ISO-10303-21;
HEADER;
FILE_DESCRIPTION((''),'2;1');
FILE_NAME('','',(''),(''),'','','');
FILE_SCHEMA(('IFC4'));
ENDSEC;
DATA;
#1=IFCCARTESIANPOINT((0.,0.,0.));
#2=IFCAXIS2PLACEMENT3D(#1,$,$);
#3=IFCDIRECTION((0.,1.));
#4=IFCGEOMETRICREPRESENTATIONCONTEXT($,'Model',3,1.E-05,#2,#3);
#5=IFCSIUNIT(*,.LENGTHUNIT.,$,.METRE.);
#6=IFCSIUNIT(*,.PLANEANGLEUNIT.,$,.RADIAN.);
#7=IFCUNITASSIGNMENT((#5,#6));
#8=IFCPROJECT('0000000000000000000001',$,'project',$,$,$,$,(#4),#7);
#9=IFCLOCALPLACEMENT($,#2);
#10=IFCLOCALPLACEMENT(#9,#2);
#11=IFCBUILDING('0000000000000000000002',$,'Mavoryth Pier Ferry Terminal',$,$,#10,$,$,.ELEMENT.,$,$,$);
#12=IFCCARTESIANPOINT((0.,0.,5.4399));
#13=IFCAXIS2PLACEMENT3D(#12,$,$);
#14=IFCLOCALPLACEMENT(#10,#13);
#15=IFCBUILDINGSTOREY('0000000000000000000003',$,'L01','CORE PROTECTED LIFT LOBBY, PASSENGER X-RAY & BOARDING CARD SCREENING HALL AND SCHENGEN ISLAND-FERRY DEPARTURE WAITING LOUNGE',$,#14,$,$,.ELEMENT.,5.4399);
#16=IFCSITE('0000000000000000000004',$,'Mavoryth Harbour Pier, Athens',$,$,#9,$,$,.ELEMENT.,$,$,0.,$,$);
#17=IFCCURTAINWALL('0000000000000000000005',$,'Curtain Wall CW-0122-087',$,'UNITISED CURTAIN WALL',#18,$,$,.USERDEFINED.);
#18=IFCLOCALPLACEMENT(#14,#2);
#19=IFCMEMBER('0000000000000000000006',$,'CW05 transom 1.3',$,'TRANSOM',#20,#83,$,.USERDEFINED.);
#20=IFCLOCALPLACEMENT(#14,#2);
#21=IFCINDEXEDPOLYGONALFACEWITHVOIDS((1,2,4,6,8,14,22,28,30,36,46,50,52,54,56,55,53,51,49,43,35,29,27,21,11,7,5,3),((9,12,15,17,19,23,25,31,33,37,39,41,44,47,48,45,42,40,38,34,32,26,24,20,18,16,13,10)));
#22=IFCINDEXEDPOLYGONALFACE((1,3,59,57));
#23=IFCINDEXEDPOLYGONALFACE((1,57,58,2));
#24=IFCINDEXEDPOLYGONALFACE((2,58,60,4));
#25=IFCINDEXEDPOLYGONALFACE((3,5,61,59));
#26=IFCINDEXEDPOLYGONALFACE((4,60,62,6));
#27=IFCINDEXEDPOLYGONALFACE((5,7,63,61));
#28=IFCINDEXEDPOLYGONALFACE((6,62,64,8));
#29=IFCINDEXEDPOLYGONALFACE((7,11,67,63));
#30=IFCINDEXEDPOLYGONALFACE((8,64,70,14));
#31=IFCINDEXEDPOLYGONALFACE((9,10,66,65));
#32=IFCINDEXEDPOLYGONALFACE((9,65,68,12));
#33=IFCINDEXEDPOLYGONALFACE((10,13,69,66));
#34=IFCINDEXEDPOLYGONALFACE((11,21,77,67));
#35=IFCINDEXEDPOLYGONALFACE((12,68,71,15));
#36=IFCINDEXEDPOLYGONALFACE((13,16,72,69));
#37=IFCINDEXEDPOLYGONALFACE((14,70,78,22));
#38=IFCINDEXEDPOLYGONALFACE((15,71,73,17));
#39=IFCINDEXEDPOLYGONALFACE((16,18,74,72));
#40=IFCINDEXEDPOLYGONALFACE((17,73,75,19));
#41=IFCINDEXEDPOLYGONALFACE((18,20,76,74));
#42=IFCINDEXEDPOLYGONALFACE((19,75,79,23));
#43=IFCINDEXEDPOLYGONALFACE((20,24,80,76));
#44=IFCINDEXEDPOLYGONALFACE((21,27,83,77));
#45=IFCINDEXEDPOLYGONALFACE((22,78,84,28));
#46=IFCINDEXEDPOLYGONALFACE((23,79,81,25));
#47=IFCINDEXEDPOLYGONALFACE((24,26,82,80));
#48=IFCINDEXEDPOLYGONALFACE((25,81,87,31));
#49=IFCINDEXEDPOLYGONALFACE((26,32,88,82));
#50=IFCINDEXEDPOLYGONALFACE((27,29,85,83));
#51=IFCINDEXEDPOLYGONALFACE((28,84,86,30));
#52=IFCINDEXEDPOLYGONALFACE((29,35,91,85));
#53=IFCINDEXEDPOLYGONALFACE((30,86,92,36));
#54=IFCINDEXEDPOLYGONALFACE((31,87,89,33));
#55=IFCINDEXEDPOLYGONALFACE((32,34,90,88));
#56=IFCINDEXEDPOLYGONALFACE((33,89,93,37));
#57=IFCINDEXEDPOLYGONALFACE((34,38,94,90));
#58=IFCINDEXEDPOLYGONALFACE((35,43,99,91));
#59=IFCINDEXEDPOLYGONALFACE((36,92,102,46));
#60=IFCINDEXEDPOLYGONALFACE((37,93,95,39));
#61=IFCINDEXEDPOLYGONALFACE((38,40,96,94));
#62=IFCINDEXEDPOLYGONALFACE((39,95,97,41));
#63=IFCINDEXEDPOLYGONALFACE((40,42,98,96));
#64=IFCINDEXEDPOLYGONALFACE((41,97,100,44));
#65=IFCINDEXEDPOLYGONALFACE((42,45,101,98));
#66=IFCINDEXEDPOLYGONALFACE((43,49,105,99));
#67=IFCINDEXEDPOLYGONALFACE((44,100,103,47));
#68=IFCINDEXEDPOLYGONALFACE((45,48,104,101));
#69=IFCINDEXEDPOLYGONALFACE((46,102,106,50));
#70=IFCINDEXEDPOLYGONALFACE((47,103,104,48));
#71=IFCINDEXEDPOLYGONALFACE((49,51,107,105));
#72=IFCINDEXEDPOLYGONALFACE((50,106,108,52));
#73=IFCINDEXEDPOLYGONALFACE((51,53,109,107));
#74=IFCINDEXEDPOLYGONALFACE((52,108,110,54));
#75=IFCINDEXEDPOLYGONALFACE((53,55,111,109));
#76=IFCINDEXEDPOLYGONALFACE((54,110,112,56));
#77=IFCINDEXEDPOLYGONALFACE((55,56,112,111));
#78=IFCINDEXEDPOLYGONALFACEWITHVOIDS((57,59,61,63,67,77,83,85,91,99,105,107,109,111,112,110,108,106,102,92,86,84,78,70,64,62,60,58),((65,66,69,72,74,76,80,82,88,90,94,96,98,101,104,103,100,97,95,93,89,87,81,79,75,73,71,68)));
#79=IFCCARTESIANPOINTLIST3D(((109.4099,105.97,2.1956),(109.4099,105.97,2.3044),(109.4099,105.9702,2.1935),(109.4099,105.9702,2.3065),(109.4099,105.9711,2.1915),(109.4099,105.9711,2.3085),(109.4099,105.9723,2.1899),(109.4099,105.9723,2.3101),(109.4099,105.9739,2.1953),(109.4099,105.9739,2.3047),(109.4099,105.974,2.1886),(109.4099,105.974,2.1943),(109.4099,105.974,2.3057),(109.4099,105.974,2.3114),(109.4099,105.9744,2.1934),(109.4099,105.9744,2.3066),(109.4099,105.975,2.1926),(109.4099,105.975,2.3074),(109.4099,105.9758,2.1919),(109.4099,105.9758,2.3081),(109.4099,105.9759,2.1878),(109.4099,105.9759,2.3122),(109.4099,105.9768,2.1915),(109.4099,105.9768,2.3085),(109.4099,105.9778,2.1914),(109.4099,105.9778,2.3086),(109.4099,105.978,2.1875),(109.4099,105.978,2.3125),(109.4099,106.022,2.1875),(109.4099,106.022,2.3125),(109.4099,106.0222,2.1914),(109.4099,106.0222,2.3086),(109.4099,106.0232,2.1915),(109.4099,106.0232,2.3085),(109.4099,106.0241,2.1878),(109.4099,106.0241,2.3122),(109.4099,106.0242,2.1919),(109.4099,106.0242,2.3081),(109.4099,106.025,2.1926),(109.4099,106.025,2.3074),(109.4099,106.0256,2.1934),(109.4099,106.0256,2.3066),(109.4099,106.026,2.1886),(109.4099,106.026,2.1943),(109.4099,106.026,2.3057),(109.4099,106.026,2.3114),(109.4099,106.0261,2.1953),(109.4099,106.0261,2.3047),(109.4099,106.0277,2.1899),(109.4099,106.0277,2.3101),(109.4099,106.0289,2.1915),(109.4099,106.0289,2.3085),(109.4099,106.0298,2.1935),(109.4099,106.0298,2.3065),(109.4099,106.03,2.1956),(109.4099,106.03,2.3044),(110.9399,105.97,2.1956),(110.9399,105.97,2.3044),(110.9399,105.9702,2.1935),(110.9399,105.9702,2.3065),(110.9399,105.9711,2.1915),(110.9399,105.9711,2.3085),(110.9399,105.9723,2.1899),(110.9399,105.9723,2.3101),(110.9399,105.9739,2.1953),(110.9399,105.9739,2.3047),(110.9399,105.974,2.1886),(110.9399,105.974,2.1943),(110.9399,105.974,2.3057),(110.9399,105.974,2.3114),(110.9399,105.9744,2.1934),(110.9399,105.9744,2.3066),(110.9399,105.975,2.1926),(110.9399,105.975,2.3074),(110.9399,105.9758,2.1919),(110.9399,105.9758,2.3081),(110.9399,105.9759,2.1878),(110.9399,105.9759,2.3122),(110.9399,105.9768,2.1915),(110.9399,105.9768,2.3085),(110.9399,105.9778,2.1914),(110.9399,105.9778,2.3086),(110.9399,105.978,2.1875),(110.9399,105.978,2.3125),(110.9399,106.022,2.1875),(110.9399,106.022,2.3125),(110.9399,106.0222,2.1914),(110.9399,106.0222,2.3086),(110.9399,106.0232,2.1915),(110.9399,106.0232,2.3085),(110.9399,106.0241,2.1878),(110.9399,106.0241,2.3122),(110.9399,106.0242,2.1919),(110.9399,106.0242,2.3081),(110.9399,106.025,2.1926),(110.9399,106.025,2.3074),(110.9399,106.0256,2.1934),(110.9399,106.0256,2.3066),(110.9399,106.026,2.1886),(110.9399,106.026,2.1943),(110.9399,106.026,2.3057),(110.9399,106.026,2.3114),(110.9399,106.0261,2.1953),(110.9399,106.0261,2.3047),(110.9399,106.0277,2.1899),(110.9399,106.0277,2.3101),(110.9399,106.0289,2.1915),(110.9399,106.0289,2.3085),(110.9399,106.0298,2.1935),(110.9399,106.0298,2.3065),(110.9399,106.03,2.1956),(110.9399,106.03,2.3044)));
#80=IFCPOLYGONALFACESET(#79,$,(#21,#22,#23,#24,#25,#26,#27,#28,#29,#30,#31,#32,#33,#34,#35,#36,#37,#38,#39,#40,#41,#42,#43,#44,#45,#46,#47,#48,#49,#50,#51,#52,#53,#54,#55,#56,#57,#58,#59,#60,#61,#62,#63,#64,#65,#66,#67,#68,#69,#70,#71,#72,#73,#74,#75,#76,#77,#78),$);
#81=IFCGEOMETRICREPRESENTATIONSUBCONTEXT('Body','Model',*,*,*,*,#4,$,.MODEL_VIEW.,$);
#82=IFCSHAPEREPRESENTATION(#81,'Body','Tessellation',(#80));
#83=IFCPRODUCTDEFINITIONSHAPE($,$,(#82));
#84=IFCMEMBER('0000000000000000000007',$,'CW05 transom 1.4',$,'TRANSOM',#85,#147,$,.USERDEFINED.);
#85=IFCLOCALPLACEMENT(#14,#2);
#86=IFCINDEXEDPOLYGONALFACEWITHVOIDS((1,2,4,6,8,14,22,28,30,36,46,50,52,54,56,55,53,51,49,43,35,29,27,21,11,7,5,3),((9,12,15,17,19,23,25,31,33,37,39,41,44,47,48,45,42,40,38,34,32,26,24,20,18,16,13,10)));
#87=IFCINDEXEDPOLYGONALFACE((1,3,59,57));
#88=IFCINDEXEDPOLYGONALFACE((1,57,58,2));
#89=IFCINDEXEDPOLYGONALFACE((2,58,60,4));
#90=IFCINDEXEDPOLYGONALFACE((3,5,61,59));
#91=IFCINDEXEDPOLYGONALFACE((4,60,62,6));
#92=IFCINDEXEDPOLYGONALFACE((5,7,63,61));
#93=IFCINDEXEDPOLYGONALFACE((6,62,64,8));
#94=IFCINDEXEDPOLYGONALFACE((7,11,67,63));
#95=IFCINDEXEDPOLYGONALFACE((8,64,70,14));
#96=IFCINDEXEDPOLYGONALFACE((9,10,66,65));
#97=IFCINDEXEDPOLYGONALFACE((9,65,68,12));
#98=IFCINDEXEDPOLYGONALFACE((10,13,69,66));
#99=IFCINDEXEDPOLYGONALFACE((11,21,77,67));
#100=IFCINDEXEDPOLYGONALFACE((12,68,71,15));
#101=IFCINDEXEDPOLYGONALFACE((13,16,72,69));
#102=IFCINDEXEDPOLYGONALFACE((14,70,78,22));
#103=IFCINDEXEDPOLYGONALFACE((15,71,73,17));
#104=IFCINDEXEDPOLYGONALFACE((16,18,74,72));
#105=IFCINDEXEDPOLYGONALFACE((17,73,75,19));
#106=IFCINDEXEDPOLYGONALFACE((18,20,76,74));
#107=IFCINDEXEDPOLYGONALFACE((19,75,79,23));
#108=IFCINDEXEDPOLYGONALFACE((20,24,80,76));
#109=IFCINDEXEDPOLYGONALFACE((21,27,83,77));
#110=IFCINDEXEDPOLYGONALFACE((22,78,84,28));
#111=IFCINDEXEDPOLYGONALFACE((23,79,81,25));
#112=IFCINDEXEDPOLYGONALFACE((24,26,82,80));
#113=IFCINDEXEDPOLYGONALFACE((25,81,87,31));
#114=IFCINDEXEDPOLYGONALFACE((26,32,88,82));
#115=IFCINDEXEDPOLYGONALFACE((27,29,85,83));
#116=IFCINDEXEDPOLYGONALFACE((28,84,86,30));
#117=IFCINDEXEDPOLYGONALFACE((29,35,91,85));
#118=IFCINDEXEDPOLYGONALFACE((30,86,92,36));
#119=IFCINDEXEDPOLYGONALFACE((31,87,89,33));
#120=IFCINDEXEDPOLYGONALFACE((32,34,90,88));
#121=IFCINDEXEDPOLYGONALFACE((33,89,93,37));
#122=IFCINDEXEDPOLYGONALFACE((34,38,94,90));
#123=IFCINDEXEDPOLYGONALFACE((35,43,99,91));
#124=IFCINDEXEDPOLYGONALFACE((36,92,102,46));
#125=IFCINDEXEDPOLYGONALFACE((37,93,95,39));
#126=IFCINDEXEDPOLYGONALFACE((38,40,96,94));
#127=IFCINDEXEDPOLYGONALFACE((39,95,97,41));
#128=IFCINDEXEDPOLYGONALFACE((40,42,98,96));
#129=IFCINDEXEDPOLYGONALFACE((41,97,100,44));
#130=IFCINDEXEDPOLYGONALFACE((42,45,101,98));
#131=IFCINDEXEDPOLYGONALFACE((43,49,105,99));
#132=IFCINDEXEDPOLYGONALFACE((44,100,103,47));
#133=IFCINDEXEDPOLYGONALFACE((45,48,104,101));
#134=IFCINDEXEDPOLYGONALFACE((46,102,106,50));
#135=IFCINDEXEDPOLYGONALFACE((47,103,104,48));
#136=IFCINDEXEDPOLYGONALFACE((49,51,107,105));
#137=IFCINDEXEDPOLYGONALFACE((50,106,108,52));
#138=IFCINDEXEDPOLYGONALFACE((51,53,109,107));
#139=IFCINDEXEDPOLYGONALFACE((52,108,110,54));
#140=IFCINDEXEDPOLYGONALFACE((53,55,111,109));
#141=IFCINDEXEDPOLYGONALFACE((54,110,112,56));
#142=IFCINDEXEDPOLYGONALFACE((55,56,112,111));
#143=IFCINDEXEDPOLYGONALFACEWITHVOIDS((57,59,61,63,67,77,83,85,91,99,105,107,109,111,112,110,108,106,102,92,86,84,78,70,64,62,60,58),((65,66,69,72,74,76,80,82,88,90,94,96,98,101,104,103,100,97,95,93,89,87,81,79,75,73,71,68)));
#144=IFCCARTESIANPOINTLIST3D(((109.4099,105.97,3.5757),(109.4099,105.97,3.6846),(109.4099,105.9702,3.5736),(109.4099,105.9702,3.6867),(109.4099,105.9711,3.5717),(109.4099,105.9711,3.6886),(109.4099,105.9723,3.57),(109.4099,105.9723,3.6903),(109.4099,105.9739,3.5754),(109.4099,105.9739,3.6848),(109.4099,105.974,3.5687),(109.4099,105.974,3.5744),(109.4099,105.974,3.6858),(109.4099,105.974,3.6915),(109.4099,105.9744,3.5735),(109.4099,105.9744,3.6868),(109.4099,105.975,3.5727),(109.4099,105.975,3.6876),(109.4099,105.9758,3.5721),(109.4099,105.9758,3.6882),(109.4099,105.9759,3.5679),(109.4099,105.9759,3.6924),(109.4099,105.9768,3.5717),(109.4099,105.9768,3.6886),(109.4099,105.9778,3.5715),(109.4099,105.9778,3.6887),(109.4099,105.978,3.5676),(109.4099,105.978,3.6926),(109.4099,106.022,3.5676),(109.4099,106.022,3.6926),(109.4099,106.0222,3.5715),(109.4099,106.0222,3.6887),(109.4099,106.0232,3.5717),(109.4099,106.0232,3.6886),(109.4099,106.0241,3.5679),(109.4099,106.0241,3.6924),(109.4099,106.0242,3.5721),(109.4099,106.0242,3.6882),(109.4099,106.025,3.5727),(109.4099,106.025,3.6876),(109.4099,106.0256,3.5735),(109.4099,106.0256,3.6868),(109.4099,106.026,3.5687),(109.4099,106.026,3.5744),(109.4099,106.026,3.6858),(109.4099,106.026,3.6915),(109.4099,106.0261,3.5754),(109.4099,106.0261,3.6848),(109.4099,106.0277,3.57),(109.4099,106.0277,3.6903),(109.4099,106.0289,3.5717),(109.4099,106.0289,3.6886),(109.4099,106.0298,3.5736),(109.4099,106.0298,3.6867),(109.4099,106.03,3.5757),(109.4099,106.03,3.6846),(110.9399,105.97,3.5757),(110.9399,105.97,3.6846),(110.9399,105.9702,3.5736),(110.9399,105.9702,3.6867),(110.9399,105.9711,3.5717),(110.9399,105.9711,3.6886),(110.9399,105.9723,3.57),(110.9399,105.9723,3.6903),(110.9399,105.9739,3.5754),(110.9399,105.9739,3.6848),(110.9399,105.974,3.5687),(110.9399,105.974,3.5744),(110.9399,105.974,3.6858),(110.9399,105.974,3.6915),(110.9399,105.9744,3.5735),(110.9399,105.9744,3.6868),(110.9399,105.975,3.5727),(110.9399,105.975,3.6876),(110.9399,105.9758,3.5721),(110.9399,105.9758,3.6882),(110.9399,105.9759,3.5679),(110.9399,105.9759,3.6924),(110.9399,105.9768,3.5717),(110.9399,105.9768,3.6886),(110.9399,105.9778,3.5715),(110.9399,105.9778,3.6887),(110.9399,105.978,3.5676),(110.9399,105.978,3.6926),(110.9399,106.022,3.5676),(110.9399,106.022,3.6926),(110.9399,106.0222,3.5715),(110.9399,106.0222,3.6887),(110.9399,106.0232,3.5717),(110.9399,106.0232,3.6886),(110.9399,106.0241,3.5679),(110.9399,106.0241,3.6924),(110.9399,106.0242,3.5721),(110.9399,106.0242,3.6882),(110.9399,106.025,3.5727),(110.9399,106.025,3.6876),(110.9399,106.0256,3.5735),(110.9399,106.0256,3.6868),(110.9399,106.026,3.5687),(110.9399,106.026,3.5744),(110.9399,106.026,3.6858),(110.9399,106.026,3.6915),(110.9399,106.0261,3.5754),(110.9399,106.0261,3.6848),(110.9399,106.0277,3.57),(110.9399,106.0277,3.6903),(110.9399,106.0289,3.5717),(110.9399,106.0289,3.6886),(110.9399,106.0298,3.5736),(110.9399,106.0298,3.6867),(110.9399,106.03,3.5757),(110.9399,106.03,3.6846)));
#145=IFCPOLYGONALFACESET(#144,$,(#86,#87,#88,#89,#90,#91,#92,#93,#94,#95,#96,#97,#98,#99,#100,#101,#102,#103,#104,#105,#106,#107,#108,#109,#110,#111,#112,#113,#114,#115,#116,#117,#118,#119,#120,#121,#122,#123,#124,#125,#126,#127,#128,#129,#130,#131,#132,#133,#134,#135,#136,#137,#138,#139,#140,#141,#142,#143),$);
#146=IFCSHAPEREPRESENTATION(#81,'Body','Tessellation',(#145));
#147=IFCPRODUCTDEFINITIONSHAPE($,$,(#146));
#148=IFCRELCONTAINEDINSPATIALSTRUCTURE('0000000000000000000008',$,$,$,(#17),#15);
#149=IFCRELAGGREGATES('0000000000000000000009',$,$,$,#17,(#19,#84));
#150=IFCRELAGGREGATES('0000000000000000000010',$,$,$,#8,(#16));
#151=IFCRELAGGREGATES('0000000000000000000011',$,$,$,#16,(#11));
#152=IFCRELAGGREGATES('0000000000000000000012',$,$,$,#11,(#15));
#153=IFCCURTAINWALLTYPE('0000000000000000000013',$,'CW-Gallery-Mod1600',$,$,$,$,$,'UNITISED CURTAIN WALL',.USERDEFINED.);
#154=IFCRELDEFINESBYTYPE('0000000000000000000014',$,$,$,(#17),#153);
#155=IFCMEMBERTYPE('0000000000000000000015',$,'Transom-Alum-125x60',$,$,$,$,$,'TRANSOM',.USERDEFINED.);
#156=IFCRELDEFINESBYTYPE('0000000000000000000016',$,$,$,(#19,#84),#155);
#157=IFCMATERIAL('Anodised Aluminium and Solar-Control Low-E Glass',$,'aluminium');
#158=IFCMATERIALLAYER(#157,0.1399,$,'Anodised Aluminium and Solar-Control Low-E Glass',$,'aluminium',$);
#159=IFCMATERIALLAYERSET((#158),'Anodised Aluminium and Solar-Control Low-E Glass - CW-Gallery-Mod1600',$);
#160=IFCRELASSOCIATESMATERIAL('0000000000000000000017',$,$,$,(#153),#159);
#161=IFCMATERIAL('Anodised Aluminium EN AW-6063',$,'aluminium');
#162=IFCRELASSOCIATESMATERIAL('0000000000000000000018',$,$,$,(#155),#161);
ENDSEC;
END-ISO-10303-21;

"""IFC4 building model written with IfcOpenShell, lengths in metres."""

from ifc_helpers import new_model, si_unit, direction, frame, origin, origin_2d, place, context, subcontext, project, spatial, hollow_rectangle, extrude, material, layer, layer_set, material_profile, profile_set, type_object, element, aggregate, save


model = new_model("IFC4")

# Units and contexts
model_context = context("Model", 3, precision=1e-05, world=origin(), true_north=direction((0.0, 1.0)))
body_context = subcontext(model_context, "Body", "Model", "MODEL_VIEW")
ifc_project = project(units=[si_unit("LENGTHUNIT", "METRE"), si_unit("PLANEANGLEUNIT", "RADIAN")], contexts=[model_context])

# Site, building, storey
site_placement = place(None, origin())
site = spatial("IfcSite", under=ifc_project, at=site_placement, Name="Mavoryth Harbour Pier, Athens", CompositionType="ELEMENT", RefElevation=0.0)
building_placement = place(site_placement, origin())
building = spatial("IfcBuilding", under=site, at=building_placement, Name="Mavoryth Pier Ferry Terminal", CompositionType="ELEMENT")
storey_placement = place(building_placement, frame((0.0, 0.0, 5.4399)))
storey = spatial("IfcBuildingStorey", under=building, at=storey_placement, Name="L01", Description="CORE PROTECTED LIFT LOBBY, PASSENGER X-RAY & BOARDING CARD SCREENING HALL AND SCHENGEN ISLAND-FERRY DEPARTURE WAITING LOUNGE", CompositionType="ELEMENT", Elevation=5.4399)

# Curtain wall
ifc_material_1 = material(Name="Anodised Aluminium and Solar-Control Low-E Glass", Category="aluminium")
ifc_layer_1 = layer(ifc_material_1, 0.1399, Name="Anodised Aluminium and Solar-Control Low-E Glass", Category="aluminium")
ifc_layer_set_1 = layer_set([ifc_layer_1], Name="Anodised Aluminium and Solar-Control Low-E Glass - CW-Gallery-Mod1600")
curtain_wall_type = type_object("IfcCurtainWallType", Name="CW-Gallery-Mod1600", ElementType="UNITISED CURTAIN WALL", PredefinedType="USERDEFINED", material=ifc_layer_set_1)
ifc_material_2 = material(Name="Anodised Aluminium EN AW-6063", Category="aluminium")
curtain_wall_1_placement = place(storey_placement, origin())
curtain_wall_1 = element("IfcCurtainWall", 1, at=curtain_wall_1_placement, inside=storey, type_object=curtain_wall_type, Name="Curtain Wall CW-0122-087", ObjectType="UNITISED CURTAIN WALL", PredefinedType="USERDEFINED")

# Members
ifc_material_profile_1 = material_profile(ifc_material_2, hollow_rectangle(XDim=0.0601, YDim=0.125, WallThickness=0.0039, InnerFilletRadius=0.0039, OuterFilletRadius=0.0081, at=origin_2d()), Name="AL-TRAN 125x60x4", Category="aluminium")
ifc_profile_set_1 = profile_set([ifc_material_profile_1], Name="Anodised Aluminium EN AW-6063 - AL-TRAN 125x60x4")
member_type_1 = type_object("IfcMemberType", Name="Transom-Alum-125x60", ElementType="TRANSOM", PredefinedType="USERDEFINED", material=ifc_profile_set_1)
member_1_placement = place(storey_placement, frame((109.4099, 106.0, 2.25), z_axis=(1.0, 0.0, 0.0), x_axis=(0.0, 1.0, 0.0)))
member_1 = element("IfcMember", 2, at=member_1_placement, type_object=member_type_1, Name="CW05 transom 1.3", ObjectType="TRANSOM", PredefinedType="USERDEFINED", context=body_context, shape_type="SweptSolid", body=[
    extrude(hollow_rectangle(XDim=0.0601, YDim=0.125, WallThickness=0.0039, InnerFilletRadius=0.0039, OuterFilletRadius=0.0081, at=origin_2d()), origin(), (0.0, 0.0, 1.0), 1.53),
])
member_2_placement = place(storey_placement, frame((109.4099, 106.0, 3.6301), z_axis=(1.0, 0.0, 0.0), x_axis=(0.0, 1.0, 0.0)))
member_2 = element("IfcMember", 3, at=member_2_placement, type_object=member_type_1, Name="CW05 transom 1.4", ObjectType="TRANSOM", PredefinedType="USERDEFINED", context=body_context, shape_type="SweptSolid", body=[
    extrude(hollow_rectangle(XDim=0.0601, YDim=0.125, WallThickness=0.0039, InnerFilletRadius=0.0039, OuterFilletRadius=0.0081, at=origin_2d()), origin(), (0.0, 0.0, 1.0), 1.53),
])

aggregate(curtain_wall_1, [member_1, member_2])

save(model, "model.ifc")
